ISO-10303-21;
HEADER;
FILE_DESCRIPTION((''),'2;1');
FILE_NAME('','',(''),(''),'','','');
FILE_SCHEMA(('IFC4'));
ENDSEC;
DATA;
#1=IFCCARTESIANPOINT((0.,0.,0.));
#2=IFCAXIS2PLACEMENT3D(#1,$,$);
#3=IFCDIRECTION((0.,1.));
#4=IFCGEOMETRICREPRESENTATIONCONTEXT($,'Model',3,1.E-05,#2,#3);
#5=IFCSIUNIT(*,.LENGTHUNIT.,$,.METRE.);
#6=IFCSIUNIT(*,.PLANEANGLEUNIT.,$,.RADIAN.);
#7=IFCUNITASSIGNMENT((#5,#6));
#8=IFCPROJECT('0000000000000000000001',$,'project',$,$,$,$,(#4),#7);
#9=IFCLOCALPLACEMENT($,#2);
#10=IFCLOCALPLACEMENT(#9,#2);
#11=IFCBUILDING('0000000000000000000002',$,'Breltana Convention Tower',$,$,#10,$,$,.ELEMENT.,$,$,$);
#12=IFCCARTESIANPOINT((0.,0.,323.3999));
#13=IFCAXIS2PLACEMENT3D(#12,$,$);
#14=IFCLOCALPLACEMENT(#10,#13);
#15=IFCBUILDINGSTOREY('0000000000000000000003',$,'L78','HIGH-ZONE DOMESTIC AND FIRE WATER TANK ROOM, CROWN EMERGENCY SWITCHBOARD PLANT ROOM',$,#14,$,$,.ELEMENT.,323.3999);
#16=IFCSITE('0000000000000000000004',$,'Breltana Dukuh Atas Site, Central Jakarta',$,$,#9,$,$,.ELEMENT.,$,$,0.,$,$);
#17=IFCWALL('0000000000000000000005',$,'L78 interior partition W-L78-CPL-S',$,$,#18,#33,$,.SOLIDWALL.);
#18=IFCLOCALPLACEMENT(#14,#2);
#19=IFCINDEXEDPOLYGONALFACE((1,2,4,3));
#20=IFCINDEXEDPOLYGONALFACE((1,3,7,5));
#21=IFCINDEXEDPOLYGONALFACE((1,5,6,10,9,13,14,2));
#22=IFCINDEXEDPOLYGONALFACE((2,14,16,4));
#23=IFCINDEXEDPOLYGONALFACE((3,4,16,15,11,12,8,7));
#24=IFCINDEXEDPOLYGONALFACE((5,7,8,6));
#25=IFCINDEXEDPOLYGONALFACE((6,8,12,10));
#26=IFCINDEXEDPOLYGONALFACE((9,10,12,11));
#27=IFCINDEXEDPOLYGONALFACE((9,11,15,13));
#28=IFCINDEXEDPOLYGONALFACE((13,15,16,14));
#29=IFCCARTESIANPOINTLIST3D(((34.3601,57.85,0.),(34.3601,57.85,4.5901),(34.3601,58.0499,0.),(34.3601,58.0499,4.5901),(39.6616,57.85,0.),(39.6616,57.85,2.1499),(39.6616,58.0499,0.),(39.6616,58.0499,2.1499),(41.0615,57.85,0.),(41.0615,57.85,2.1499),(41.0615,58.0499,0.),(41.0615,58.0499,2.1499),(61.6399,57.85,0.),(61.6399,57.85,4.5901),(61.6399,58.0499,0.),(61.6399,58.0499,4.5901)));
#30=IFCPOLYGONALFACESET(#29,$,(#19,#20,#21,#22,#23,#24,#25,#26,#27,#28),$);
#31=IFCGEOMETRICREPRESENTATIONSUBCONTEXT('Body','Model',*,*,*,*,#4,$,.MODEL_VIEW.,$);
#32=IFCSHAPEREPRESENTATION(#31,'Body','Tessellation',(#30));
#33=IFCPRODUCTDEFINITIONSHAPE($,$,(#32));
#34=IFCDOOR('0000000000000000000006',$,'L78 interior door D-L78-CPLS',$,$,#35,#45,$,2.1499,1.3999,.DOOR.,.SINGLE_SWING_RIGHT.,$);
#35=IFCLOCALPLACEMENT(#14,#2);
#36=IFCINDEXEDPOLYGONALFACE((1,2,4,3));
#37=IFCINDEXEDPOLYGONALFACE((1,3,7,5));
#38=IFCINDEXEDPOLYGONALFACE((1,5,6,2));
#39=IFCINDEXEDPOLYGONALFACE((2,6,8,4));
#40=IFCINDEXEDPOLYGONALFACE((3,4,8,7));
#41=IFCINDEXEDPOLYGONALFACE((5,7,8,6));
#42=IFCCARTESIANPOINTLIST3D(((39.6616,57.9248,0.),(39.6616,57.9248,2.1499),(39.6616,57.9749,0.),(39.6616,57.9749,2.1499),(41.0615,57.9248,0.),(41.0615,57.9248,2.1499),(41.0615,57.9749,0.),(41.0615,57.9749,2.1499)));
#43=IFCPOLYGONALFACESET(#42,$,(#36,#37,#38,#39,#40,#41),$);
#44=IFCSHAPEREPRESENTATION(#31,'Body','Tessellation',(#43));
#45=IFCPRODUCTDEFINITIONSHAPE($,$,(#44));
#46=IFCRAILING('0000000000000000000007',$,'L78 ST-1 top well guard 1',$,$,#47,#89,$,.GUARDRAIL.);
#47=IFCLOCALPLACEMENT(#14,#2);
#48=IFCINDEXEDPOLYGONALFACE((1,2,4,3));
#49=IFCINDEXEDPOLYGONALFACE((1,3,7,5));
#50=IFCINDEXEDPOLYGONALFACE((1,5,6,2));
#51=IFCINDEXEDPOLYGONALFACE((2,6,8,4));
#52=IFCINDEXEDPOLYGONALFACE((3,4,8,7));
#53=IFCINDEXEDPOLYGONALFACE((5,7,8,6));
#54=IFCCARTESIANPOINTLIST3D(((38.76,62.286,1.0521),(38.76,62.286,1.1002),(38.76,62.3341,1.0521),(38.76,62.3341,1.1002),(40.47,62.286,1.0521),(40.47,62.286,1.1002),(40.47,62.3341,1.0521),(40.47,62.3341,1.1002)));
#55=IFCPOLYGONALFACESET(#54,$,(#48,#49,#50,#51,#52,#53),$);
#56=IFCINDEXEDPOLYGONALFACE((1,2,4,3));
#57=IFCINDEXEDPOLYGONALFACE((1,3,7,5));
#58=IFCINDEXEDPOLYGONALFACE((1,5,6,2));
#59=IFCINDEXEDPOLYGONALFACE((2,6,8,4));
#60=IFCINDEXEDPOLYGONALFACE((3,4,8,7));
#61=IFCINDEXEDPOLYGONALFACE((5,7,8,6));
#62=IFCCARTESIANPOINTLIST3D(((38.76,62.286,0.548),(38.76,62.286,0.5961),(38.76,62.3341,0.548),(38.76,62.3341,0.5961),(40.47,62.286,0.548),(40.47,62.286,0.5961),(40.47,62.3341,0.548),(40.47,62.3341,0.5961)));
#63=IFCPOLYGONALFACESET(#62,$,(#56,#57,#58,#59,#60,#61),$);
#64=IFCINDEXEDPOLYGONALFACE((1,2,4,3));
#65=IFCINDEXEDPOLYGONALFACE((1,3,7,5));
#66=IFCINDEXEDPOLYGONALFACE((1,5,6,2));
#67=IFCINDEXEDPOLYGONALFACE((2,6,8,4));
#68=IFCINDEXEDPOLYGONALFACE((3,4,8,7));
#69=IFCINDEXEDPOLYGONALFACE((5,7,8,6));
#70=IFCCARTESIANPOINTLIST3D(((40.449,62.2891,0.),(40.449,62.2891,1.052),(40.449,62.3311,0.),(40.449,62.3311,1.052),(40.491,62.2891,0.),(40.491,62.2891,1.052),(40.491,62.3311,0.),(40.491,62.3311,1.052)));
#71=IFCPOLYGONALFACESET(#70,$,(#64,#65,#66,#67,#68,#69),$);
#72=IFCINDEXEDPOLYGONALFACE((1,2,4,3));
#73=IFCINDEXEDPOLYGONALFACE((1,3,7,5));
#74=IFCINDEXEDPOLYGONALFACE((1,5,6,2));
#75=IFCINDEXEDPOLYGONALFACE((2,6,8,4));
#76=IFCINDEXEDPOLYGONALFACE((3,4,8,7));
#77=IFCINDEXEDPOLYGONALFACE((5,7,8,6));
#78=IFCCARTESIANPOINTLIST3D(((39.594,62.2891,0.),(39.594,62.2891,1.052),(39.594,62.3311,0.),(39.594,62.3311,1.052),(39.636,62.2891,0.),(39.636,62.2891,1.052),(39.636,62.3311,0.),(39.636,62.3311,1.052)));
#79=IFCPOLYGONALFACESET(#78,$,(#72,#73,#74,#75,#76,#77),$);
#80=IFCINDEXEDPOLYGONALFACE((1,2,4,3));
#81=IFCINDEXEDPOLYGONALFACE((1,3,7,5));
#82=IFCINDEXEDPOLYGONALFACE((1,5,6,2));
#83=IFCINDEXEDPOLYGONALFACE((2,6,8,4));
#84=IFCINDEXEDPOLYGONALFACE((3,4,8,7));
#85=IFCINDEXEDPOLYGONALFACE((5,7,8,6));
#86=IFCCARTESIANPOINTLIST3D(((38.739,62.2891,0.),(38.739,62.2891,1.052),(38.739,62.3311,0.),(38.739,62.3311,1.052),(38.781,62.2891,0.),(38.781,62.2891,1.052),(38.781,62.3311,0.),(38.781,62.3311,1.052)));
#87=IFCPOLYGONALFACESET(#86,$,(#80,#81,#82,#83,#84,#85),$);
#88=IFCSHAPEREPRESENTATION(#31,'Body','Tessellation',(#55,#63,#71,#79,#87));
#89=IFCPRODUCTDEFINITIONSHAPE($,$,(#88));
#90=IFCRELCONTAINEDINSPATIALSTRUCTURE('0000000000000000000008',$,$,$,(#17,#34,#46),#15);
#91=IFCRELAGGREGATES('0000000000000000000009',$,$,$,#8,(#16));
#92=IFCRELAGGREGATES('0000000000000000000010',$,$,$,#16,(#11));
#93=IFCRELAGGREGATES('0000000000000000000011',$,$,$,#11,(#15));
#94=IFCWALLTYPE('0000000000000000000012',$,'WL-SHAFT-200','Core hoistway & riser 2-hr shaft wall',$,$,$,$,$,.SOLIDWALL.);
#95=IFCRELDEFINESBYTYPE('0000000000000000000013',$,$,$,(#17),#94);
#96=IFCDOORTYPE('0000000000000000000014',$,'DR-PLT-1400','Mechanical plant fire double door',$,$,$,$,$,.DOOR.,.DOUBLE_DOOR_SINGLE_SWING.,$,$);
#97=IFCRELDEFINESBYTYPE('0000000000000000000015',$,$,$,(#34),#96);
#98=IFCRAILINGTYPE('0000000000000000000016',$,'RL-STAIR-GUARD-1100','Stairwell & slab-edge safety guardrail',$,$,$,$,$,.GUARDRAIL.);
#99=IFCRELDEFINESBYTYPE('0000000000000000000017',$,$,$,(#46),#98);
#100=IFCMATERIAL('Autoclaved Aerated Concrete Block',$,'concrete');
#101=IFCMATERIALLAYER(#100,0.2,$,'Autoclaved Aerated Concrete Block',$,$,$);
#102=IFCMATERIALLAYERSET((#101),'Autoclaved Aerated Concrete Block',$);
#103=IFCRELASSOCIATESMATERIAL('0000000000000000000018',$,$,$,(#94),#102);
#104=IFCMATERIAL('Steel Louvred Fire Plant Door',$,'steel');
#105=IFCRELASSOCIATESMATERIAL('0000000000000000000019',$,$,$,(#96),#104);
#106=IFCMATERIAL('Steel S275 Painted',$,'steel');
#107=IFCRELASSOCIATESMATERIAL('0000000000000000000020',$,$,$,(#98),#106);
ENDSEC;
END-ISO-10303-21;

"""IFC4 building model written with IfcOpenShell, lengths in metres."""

from ifc_helpers import new_model, si_unit, direction, frame, frame_2d, origin, origin_2d, place, context, subcontext, project, spatial, rectangle, extrude, source, transform, mapped, material, layer, layer_set, type_object, type_shapes, element, fill, save


model = new_model("IFC4")

# Units and contexts
model_context = context("Model", 3, precision=1e-05, world=origin(), true_north=direction((0.0, 1.0)))
body_context = subcontext(model_context, "Body", "Model", "MODEL_VIEW")
ifc_project = project(units=[si_unit("LENGTHUNIT", "METRE"), si_unit("PLANEANGLEUNIT", "RADIAN")], contexts=[model_context])

# Site, building, storey
site_placement = place(None, origin())
site = spatial("IfcSite", under=ifc_project, at=site_placement, Name="Breltana Dukuh Atas Site, Central Jakarta", CompositionType="ELEMENT", RefElevation=0.0)
building_placement = place(site_placement, origin())
building = spatial("IfcBuilding", under=site, at=building_placement, Name="Breltana Convention Tower", CompositionType="ELEMENT")
storey_placement = place(building_placement, frame((0.0, 0.0, 323.3999)))
storey = spatial("IfcBuildingStorey", under=building, at=storey_placement, Name="L78", Description="HIGH-ZONE DOMESTIC AND FIRE WATER TANK ROOM, CROWN EMERGENCY SWITCHBOARD PLANT ROOM", CompositionType="ELEMENT", Elevation=323.3999)

# Wall, opening, door
ifc_material_1 = material(Name="Autoclaved Aerated Concrete Block", Category="concrete")
ifc_layer_1 = layer(ifc_material_1, 0.2, Name="Autoclaved Aerated Concrete Block")
ifc_layer_set_1 = layer_set([ifc_layer_1], Name="Autoclaved Aerated Concrete Block")
wall_type_1 = type_object("IfcWallType", Name="WL-SHAFT-200", Description="Core hoistway & riser 2-hr shaft wall", PredefinedType="SOLIDWALL", material=ifc_layer_set_1)
shared_shape_1 = source(origin(), body_context, "Body", "SweptSolid", [
    extrude(rectangle(XDim=27.2798, YDim=0.2, at=frame_2d((13.6399, 0.0))), origin(), (0.0, 0.0, 1.0), 4.5901),
])
wall_1_placement = place(storey_placement, frame((34.3601, 57.95, 0.0), z_axis=(0.0, 0.0, 1.0), x_axis=(1.0, 0.0, 0.0)))
wall_1 = element("IfcWall", 1, at=wall_1_placement, inside=storey, type_object=wall_type_1, Name="L78 interior partition W-L78-CPL-S", PredefinedType="SOLIDWALL", context=body_context, shape_type="MappedRepresentation", body=[
    mapped(shared_shape_1, transform((0.0, 0.0, 0.0), scale=1.0)),
])
opening_1_placement = place(wall_1_placement, frame((5.3015, 0.0, 0.0)))
opening_1 = element("IfcOpeningElement", 2, at=opening_1_placement, cuts=wall_1, PredefinedType="OPENING", context=body_context, shape_type="SweptSolid", body=[
    extrude(rectangle(XDim=1.3999, YDim=2.1499, at=frame_2d((0.7, 1.075))), frame((0.0, 0.1099, 0.0), z_axis=(0.0, -1.0, 0.0), x_axis=(1.0, 0.0, 0.0)), (0.0, 0.0, 1.0), 0.22),
])
ifc_material_2 = material(Name="Steel Louvred Fire Plant Door", Category="steel")
door_type_1 = type_object("IfcDoorType", Name="DR-PLT-1400", Description="Mechanical plant fire double door", OperationType="DOUBLE_DOOR_SINGLE_SWING", PredefinedType="DOOR", material=ifc_material_2)
shared_shape_2 = source(origin(), body_context, "Body", "SweptSolid", [
    extrude(rectangle(XDim=1.3999, YDim=2.1499, at=frame_2d((0.7, 1.075))), frame((0.0, 0.0249, 0.0), z_axis=(0.0, -1.0, 0.0), x_axis=(1.0, 0.0, 0.0)), (0.0, 0.0, 1.0), 0.05),
])
type_shapes(door_type_1, [shared_shape_2])
door_1_placement = place(opening_1_placement, origin())
door_1 = element("IfcDoor", 3, at=door_1_placement, inside=storey, type_object=door_type_1, Name="L78 interior door D-L78-CPLS", OperationType="SINGLE_SWING_RIGHT", OverallHeight=2.1499, OverallWidth=1.3999, PredefinedType="DOOR", context=body_context, shape_type="MappedRepresentation", body=[
    mapped(shared_shape_2, transform((0.0, 0.0, 0.0), scale=1.0)),
])
fill(opening_1, door_1)

# Railing
ifc_material_3 = material(Name="Steel S275 Painted", Category="steel")
railing_type = type_object("IfcRailingType", Name="RL-STAIR-GUARD-1100", Description="Stairwell & slab-edge safety guardrail", PredefinedType="GUARDRAIL", material=ifc_material_3)
railing_placement = place(storey_placement, frame((40.47, 62.3101, 0.0)))
element("IfcRailing", 4, at=railing_placement, inside=storey, type_object=railing_type, Name="L78 ST-1 top well guard 1", PredefinedType="GUARDRAIL", context=body_context, shape_type="SweptSolid", body=[
    extrude(rectangle(XDim=0.0481, YDim=0.0481, at=origin_2d()), frame((0.0, 0.0, 1.0762), z_axis=(-1.0, 0.0, 0.0), x_axis=(0.0, -1.0, 0.0)), (0.0, 0.0, 1.0), 1.71),
    extrude(rectangle(XDim=0.0481, YDim=0.0481, at=origin_2d()), frame((0.0, 0.0, 0.572), z_axis=(-1.0, 0.0, 0.0), x_axis=(0.0, -1.0, 0.0)), (0.0, 0.0, 1.0), 1.71),
    extrude(rectangle(XDim=0.042, YDim=0.042, at=origin_2d()), origin(), (0.0, 0.0, 1.0), 1.052),
    extrude(rectangle(XDim=0.042, YDim=0.042, at=origin_2d()), frame((-0.855, 0.0, 0.0)), (0.0, 0.0, 1.0), 1.052),
    extrude(rectangle(XDim=0.042, YDim=0.042, at=origin_2d()), frame((-1.71, 0.0, 0.0)), (0.0, 0.0, 1.0), 1.052),
])

save(model, "model.ifc")
